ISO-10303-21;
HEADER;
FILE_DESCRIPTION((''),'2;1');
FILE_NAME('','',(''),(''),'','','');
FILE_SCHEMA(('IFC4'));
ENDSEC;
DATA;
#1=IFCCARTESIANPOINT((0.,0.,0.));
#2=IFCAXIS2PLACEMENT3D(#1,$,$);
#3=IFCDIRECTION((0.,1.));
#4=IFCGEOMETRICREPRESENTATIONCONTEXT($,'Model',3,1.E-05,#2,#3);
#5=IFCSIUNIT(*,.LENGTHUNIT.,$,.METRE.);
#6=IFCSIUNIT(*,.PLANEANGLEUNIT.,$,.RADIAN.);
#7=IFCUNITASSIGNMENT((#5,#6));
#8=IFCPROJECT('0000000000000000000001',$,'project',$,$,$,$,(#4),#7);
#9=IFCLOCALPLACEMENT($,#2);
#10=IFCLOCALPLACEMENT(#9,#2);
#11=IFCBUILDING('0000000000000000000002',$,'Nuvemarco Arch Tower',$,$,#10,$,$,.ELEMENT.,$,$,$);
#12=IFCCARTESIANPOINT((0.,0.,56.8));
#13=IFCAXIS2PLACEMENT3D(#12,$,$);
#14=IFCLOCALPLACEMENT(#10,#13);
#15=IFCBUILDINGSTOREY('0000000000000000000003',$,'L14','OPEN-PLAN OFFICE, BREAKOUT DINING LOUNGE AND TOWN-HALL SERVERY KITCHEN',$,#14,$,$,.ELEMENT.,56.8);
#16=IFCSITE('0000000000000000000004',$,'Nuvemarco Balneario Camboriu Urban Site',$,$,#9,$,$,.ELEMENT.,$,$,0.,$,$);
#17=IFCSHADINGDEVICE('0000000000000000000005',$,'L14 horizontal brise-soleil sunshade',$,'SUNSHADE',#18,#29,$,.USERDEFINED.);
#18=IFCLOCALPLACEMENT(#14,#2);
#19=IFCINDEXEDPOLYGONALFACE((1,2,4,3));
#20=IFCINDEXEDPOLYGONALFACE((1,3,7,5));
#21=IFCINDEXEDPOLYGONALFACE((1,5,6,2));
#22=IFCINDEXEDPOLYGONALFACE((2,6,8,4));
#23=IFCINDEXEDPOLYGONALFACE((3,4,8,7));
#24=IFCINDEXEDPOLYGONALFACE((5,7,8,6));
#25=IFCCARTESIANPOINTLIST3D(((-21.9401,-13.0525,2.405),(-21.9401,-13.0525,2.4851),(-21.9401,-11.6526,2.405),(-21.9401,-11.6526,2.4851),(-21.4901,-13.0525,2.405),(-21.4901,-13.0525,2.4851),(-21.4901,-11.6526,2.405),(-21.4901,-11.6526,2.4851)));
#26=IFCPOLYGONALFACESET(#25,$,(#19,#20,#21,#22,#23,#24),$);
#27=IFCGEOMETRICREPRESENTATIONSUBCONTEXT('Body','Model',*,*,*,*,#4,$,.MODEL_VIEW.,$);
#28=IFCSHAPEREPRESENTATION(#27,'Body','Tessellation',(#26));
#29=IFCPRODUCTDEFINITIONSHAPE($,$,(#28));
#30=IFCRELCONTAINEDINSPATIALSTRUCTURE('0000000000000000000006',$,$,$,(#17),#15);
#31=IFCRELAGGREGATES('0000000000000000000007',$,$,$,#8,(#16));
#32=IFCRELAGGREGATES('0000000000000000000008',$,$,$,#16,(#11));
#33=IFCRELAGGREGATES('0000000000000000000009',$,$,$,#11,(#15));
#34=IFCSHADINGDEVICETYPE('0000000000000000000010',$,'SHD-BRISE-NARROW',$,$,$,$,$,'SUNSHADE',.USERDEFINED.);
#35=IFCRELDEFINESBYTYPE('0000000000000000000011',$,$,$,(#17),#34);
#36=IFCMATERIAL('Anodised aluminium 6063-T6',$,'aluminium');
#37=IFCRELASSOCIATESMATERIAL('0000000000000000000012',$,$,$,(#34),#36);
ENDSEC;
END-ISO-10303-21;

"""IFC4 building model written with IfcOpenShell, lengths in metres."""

from ifc_helpers import new_model, si_unit, direction, frame, origin, origin_2d, place, context, subcontext, project, spatial, rectangle, extrude, source, transform, mapped, material, type_object, type_shapes, element, save


model = new_model("IFC4")

# Units and contexts
model_context = context("Model", 3, precision=1e-05, world=origin(), true_north=direction((0.0, 1.0)))
body_context = subcontext(model_context, "Body", "Model", "MODEL_VIEW")
ifc_project = project(units=[si_unit("LENGTHUNIT", "METRE"), si_unit("PLANEANGLEUNIT", "RADIAN")], contexts=[model_context])

# Site, building, storey
site_placement = place(None, origin())
site = spatial("IfcSite", under=ifc_project, at=site_placement, Name="Nuvemarco Balneario Camboriu Urban Site", CompositionType="ELEMENT", RefElevation=0.0)
building_placement = place(site_placement, origin())
building = spatial("IfcBuilding", under=site, at=building_placement, Name="Nuvemarco Arch Tower", CompositionType="ELEMENT")
storey_placement = place(building_placement, frame((0.0, 0.0, 56.8)))
storey = spatial("IfcBuildingStorey", under=building, at=storey_placement, Name="L14", Description="OPEN-PLAN OFFICE, BREAKOUT DINING LOUNGE AND TOWN-HALL SERVERY KITCHEN", CompositionType="ELEMENT", Elevation=56.8)

# Shading device
ifc_material_1 = material(Name="Anodised aluminium 6063-T6", Category="aluminium")
shading_device_type = type_object("IfcShadingDeviceType", Name="SHD-BRISE-NARROW", ElementType="SUNSHADE", PredefinedType="USERDEFINED", material=ifc_material_1)
shared_shape_1 = source(origin(), body_context, "Body", "SweptSolid", [
    extrude(rectangle(XDim=1.3999, YDim=0.45, at=origin_2d()), origin(), (0.0, 0.0, 1.0), 0.0801),
])
type_shapes(shading_device_type, [shared_shape_1])
shading_device_placement = place(storey_placement, frame((-21.7151, -12.3525, 2.405), z_axis=(0.0, 0.0, 1.0), x_axis=(0.0, 1.0, 0.0)))
element("IfcShadingDevice", 1, at=shading_device_placement, inside=storey, type_object=shading_device_type, Name="L14 horizontal brise-soleil sunshade", ObjectType="SUNSHADE", PredefinedType="USERDEFINED", context=body_context, shape_type="MappedRepresentation", body=[
    mapped(shared_shape_1, transform((0.0, 0.0, 0.0), scale=1.0)),
])

save(model, "model.ifc")
